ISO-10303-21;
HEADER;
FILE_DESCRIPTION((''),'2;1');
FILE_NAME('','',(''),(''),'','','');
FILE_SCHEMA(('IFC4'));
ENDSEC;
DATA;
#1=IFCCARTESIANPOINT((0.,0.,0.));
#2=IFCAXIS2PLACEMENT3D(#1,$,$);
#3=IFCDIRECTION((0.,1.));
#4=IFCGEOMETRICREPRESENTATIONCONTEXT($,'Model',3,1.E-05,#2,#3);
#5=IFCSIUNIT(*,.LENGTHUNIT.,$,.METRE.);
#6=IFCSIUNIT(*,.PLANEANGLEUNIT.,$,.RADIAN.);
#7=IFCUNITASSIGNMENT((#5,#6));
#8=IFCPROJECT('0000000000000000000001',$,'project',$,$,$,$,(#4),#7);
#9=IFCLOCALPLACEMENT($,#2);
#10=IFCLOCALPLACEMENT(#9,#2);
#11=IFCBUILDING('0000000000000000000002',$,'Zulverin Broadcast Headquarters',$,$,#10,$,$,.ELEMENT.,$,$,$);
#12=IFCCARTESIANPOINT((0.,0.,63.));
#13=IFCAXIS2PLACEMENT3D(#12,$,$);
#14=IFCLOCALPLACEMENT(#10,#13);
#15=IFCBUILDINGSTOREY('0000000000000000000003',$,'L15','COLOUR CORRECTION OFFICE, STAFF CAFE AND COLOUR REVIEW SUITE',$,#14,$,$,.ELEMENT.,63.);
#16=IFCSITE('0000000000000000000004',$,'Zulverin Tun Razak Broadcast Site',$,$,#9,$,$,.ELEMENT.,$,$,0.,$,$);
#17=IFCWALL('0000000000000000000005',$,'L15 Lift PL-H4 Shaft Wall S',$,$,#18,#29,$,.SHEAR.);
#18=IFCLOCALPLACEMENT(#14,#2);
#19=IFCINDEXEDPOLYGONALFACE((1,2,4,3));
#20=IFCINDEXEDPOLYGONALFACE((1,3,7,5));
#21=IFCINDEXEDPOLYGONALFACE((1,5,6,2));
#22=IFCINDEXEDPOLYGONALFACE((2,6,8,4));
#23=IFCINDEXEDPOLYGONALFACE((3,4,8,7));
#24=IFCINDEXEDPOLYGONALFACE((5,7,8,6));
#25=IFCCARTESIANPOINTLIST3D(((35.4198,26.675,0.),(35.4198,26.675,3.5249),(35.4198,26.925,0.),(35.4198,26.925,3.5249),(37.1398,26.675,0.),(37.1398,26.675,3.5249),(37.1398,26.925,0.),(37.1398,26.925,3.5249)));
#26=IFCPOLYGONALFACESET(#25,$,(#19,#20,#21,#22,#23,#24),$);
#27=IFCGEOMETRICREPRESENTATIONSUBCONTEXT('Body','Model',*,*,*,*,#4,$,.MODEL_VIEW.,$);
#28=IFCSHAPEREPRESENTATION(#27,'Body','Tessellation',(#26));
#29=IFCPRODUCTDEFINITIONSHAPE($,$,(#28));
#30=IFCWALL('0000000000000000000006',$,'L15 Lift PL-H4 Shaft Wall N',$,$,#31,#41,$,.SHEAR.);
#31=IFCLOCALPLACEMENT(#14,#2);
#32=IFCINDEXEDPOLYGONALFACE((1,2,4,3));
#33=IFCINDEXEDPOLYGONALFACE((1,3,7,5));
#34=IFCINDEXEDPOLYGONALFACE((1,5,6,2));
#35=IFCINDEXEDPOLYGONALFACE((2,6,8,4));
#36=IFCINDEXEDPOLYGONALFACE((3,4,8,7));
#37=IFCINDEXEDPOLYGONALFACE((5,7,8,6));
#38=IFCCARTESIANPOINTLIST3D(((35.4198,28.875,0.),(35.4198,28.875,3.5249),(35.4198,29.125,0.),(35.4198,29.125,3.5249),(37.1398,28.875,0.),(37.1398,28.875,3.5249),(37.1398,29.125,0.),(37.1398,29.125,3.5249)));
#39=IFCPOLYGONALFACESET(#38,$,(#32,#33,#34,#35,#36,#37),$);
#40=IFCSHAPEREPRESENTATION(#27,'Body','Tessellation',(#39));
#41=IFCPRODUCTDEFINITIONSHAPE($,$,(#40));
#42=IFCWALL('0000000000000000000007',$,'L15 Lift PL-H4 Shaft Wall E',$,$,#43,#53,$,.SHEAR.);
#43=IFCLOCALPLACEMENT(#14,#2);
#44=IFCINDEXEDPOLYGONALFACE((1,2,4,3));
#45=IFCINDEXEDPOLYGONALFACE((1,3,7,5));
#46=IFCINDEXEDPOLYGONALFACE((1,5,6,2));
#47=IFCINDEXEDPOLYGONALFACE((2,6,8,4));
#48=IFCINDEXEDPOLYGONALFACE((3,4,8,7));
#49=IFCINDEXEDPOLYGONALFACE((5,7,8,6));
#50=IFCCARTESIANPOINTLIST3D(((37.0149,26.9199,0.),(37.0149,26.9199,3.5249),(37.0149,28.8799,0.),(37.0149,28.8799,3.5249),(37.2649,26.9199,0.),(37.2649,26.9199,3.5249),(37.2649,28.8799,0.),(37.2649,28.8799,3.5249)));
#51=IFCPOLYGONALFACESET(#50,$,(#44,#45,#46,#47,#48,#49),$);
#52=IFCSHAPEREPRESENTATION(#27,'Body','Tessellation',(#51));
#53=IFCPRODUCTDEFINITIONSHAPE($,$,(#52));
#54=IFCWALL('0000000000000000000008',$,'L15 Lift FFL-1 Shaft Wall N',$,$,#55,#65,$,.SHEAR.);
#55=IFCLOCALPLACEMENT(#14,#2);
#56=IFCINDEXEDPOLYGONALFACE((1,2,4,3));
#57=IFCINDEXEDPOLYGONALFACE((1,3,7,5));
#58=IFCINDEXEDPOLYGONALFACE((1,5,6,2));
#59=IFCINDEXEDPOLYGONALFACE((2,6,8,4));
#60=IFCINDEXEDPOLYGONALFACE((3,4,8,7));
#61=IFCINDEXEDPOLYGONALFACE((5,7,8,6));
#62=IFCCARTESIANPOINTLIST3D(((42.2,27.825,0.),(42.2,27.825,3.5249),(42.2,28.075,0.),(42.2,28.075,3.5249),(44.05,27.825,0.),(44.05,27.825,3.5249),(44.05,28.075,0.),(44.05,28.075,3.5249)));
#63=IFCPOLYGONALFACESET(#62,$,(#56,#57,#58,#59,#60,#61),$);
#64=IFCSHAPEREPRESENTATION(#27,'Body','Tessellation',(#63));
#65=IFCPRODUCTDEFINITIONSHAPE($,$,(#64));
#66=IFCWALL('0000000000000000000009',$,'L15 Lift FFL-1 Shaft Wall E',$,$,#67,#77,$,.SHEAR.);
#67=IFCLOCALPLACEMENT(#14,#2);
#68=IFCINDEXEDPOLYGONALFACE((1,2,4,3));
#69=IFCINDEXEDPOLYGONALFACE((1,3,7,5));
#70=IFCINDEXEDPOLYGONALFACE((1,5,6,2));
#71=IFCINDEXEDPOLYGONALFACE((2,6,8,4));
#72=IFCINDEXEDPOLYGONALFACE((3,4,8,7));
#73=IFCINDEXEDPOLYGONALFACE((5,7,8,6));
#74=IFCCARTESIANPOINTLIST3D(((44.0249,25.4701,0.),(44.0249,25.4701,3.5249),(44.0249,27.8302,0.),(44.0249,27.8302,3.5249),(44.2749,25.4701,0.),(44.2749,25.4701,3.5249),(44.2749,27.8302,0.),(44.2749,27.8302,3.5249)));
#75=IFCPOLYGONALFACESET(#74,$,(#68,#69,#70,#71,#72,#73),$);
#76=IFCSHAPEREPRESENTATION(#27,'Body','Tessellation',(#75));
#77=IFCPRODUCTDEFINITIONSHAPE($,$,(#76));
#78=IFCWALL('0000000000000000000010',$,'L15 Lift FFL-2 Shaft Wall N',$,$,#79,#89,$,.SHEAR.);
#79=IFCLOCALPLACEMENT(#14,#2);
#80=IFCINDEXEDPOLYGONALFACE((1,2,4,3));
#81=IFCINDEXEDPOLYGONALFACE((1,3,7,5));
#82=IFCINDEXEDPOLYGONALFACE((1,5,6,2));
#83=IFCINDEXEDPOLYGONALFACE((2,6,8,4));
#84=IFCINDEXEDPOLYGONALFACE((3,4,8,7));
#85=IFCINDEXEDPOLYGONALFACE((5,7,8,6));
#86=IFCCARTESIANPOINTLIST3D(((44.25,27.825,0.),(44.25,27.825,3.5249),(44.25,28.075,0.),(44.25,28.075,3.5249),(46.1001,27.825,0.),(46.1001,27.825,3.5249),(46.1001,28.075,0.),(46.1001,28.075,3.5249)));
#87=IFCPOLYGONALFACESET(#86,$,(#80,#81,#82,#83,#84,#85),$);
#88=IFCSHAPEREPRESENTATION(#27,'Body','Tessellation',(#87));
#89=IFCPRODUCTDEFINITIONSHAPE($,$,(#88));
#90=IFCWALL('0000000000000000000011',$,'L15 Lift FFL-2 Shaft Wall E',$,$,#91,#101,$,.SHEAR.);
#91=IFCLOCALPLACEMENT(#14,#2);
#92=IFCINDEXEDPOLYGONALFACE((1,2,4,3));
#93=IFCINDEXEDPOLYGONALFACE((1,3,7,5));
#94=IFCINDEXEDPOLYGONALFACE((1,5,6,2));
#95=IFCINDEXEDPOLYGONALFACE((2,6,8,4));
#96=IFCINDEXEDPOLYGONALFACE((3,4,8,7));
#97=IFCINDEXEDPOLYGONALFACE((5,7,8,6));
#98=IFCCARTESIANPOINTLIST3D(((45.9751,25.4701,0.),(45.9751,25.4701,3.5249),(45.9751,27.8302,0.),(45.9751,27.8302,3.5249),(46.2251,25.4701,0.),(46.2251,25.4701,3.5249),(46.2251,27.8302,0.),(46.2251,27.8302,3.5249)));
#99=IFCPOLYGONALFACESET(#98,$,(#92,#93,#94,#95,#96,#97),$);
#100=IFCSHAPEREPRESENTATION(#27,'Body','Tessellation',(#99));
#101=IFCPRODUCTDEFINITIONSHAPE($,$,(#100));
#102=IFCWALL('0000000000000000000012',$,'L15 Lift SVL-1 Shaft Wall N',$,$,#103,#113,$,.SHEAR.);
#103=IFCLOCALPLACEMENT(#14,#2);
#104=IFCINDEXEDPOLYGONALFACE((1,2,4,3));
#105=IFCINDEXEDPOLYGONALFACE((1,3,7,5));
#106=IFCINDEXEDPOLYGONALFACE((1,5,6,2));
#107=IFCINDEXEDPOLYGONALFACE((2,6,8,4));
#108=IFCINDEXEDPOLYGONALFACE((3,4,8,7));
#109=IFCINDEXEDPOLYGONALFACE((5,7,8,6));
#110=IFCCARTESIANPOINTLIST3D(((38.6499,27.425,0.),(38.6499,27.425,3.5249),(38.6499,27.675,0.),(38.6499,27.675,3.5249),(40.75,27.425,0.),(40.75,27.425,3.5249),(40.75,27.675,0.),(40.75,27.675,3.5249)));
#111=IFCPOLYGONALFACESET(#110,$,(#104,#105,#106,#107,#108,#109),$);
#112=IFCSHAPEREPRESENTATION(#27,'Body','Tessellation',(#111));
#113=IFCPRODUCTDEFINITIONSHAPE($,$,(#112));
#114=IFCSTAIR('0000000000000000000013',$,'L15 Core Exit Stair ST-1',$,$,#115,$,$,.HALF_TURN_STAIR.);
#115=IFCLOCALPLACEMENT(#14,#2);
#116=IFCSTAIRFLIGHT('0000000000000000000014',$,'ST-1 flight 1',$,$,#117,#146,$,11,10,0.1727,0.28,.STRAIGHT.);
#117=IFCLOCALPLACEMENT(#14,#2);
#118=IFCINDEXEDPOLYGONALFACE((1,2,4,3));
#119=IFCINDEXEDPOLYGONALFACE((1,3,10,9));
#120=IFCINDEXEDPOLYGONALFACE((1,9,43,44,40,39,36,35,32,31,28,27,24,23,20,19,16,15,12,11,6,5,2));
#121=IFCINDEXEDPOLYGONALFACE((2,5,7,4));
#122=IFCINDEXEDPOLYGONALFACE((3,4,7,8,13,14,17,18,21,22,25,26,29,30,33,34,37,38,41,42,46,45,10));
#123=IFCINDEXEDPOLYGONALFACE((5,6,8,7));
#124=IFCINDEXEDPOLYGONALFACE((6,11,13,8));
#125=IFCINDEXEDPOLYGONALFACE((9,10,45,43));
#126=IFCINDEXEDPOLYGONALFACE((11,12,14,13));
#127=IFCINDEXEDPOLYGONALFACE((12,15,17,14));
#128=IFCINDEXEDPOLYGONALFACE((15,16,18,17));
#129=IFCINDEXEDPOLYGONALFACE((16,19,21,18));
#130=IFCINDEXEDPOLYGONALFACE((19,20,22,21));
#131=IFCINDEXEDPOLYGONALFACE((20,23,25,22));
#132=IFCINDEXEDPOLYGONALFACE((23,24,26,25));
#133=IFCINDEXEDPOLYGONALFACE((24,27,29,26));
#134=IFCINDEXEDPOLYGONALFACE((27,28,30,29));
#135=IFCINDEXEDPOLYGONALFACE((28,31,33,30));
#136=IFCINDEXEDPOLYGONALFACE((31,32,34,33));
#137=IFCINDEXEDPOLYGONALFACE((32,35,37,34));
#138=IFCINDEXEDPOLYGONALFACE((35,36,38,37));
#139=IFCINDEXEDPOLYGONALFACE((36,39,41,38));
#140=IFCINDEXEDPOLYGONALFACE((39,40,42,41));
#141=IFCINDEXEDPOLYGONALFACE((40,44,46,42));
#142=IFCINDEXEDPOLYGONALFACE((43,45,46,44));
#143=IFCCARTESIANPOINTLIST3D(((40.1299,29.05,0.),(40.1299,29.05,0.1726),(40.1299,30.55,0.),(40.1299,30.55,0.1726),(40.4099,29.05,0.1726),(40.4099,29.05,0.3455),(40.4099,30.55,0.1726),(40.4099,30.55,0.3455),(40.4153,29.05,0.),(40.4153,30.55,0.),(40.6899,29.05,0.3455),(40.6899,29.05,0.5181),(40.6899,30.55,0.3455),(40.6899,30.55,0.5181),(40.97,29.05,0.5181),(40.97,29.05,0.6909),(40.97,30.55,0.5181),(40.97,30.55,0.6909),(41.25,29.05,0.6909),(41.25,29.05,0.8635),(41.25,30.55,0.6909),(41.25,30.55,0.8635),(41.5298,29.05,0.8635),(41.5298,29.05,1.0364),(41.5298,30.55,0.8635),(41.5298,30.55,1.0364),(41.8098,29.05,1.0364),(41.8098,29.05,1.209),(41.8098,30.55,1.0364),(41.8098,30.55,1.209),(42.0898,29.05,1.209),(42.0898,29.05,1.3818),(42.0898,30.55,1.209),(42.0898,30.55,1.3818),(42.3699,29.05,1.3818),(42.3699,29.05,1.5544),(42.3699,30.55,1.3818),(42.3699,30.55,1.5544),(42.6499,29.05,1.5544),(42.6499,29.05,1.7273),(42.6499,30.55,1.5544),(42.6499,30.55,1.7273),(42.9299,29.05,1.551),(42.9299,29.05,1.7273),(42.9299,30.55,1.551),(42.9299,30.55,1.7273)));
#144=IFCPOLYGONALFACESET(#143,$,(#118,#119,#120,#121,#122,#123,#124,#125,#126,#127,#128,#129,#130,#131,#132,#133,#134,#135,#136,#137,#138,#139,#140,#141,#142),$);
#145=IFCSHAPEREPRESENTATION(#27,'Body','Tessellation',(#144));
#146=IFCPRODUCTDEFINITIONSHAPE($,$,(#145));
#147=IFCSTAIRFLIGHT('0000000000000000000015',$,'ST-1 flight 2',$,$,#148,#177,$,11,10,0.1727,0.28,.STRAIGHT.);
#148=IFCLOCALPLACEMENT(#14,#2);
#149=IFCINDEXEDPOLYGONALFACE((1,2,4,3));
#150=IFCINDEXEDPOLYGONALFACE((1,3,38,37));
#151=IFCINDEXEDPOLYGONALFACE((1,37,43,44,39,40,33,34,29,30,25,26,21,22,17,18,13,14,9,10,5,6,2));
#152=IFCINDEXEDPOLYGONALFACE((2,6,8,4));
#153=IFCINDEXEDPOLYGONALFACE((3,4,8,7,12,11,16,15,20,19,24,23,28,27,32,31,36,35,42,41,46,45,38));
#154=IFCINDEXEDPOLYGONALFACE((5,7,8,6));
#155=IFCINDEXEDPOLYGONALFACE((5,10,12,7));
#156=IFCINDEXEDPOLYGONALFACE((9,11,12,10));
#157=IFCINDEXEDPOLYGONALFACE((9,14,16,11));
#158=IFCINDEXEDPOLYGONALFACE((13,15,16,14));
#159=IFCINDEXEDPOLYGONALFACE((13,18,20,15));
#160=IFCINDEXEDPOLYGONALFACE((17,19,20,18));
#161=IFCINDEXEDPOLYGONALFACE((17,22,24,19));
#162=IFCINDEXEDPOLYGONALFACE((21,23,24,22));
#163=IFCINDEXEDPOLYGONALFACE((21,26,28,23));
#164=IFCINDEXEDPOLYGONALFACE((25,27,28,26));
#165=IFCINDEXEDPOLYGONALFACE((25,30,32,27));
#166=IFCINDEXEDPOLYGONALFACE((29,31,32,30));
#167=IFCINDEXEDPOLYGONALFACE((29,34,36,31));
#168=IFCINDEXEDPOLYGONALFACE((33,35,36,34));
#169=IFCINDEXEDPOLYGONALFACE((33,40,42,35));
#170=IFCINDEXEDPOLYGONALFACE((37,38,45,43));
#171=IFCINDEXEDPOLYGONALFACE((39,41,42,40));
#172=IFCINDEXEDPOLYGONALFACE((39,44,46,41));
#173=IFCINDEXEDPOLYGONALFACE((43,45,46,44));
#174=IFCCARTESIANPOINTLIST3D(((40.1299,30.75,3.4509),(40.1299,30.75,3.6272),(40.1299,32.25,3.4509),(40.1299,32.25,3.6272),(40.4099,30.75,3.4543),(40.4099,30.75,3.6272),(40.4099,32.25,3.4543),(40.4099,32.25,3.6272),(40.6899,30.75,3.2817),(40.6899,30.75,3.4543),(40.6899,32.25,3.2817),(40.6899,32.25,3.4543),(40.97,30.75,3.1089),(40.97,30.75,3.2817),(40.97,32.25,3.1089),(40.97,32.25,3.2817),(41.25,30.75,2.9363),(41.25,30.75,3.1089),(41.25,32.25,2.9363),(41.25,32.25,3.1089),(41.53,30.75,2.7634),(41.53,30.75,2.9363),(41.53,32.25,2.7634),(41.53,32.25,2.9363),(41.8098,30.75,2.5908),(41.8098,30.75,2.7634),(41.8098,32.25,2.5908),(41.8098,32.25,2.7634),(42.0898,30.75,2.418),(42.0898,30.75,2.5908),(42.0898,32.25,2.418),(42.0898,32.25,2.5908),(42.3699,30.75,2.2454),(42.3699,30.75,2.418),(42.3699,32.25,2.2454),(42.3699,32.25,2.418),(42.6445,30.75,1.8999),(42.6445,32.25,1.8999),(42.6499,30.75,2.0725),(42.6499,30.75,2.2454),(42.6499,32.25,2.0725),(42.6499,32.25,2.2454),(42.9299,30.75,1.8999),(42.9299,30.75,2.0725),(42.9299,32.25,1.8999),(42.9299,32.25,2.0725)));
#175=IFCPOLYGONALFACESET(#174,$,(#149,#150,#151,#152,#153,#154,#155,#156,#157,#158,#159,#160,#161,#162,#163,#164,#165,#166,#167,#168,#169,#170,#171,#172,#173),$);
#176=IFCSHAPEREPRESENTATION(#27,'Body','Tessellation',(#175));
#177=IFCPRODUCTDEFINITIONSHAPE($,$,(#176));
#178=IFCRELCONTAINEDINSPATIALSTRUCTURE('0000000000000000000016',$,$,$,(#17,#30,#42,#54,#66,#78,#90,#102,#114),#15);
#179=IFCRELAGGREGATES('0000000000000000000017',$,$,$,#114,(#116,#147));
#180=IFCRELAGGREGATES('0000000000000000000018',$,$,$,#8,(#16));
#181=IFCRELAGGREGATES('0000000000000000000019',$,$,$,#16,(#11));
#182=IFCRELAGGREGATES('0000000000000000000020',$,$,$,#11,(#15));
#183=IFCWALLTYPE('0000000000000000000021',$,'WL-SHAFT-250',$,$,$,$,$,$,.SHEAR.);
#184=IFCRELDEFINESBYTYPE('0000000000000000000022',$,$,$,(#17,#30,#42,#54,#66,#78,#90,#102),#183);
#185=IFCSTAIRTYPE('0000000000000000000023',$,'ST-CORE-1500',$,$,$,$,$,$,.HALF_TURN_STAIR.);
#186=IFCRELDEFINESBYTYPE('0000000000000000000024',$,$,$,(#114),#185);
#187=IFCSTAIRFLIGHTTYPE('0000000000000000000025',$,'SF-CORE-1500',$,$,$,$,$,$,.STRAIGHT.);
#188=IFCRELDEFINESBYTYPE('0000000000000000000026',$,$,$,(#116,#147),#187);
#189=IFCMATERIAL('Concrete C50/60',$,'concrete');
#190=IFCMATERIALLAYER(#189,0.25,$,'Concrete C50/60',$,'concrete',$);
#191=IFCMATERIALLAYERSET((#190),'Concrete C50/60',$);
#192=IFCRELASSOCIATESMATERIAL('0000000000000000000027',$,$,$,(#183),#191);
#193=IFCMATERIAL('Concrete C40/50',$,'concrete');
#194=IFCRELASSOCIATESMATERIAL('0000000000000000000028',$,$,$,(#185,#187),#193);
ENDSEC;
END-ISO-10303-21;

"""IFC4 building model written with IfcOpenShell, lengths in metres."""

from ifc_helpers import new_model, si_unit, direction, frame, frame_2d, origin, place, context, subcontext, project, spatial, polyline, rectangle, outline, extrude, material, layer, layer_set, type_object, element, aggregate, save


model = new_model("IFC4")

# Units and contexts
model_context = context("Model", 3, precision=1e-05, world=origin(), true_north=direction((0.0, 1.0)))
body_context = subcontext(model_context, "Body", "Model", "MODEL_VIEW")
ifc_project = project(units=[si_unit("LENGTHUNIT", "METRE"), si_unit("PLANEANGLEUNIT", "RADIAN")], contexts=[model_context])

# Site, building, storey
site_placement = place(None, origin())
site = spatial("IfcSite", under=ifc_project, at=site_placement, Name="Zulverin Tun Razak Broadcast Site", CompositionType="ELEMENT", RefElevation=0.0)
building_placement = place(site_placement, origin())
building = spatial("IfcBuilding", under=site, at=building_placement, Name="Zulverin Broadcast Headquarters", CompositionType="ELEMENT")
storey_placement = place(building_placement, frame((0.0, 0.0, 63.0)))
storey = spatial("IfcBuildingStorey", under=building, at=storey_placement, Name="L15", Description="COLOUR CORRECTION OFFICE, STAFF CAFE AND COLOUR REVIEW SUITE", CompositionType="ELEMENT", Elevation=63.0)

# Shared definitions
ifc_material_1 = material(Name="Concrete C40/50", Category="concrete")

# Shared definitions
ifc_material_2 = material(Name="Concrete C50/60", Category="concrete")
ifc_layer_1 = layer(ifc_material_2, 0.25, Name="Concrete C50/60", Category="concrete")
ifc_layer_set_1 = layer_set([ifc_layer_1], Name="Concrete C50/60")
wall_type_1 = type_object("IfcWallType", Name="WL-SHAFT-250", PredefinedType="SHEAR", material=ifc_layer_set_1)

# Walls
for number, where, z_axis, x_axis, name in (
    (1, (35.4199, 26.8, 0.0), (0.0, 0.0, 1.0), (1.0, 0.0, 0.0), "L15 Lift PL-H4 Shaft Wall S"),
    (2, (35.4199, 29.0, 0.0), (0.0, 0.0, 1.0), (1.0, 0.0, 0.0), "L15 Lift PL-H4 Shaft Wall N"),
):
    element("IfcWall", number, at=place(storey_placement, frame(where, z_axis=z_axis, x_axis=x_axis)), inside=storey, type_object=wall_type_1, Name=name, PredefinedType="SHEAR", context=body_context, shape_type="SweptSolid", body=[
        extrude(rectangle(XDim=1.72, YDim=0.25, at=frame_2d((0.8599, 0.0))), origin(), (0.0, 0.0, 1.0), 3.5249),
    ])
wall_1_placement = place(storey_placement, frame((37.1399, 26.9199, 0.0), z_axis=(0.0, 0.0, 1.0), x_axis=(0.0, 1.0, 0.0)))
element("IfcWall", 3, at=wall_1_placement, inside=storey, type_object=wall_type_1, Name="L15 Lift PL-H4 Shaft Wall E", PredefinedType="SHEAR", context=body_context, shape_type="SweptSolid", body=[
    extrude(rectangle(XDim=1.96, YDim=0.25, at=frame_2d((0.98, 0.0))), origin(), (0.0, 0.0, 1.0), 3.5249),
])
wall_2_placement = place(storey_placement, frame((42.2, 27.95, 0.0), z_axis=(0.0, 0.0, 1.0), x_axis=(1.0, 0.0, 0.0)))
element("IfcWall", 4, at=wall_2_placement, inside=storey, type_object=wall_type_1, Name="L15 Lift FFL-1 Shaft Wall N", PredefinedType="SHEAR", context=body_context, shape_type="SweptSolid", body=[
    extrude(rectangle(XDim=1.8501, YDim=0.25, at=frame_2d((0.925, 0.0))), origin(), (0.0, 0.0, 1.0), 3.5249),
])
wall_3_placement = place(storey_placement, frame((44.1499, 25.47, 0.0), z_axis=(0.0, 0.0, 1.0), x_axis=(0.0, 1.0, 0.0)))
element("IfcWall", 5, at=wall_3_placement, inside=storey, type_object=wall_type_1, Name="L15 Lift FFL-1 Shaft Wall E", PredefinedType="SHEAR", context=body_context, shape_type="SweptSolid", body=[
    extrude(rectangle(XDim=2.3601, YDim=0.25, at=frame_2d((1.1802, 0.0))), origin(), (0.0, 0.0, 1.0), 3.5249),
])
wall_4_placement = place(storey_placement, frame((44.25, 27.95, 0.0), z_axis=(0.0, 0.0, 1.0), x_axis=(1.0, 0.0, 0.0)))
element("IfcWall", 6, at=wall_4_placement, inside=storey, type_object=wall_type_1, Name="L15 Lift FFL-2 Shaft Wall N", PredefinedType="SHEAR", context=body_context, shape_type="SweptSolid", body=[
    extrude(rectangle(XDim=1.8501, YDim=0.25, at=frame_2d((0.925, 0.0))), origin(), (0.0, 0.0, 1.0), 3.5249),
])
wall_5_placement = place(storey_placement, frame((46.1001, 25.47, 0.0), z_axis=(0.0, 0.0, 1.0), x_axis=(0.0, 1.0, 0.0)))
element("IfcWall", 7, at=wall_5_placement, inside=storey, type_object=wall_type_1, Name="L15 Lift FFL-2 Shaft Wall E", PredefinedType="SHEAR", context=body_context, shape_type="SweptSolid", body=[
    extrude(rectangle(XDim=2.3601, YDim=0.25, at=frame_2d((1.1802, 0.0))), origin(), (0.0, 0.0, 1.0), 3.5249),
])
wall_6_placement = place(storey_placement, frame((38.6499, 27.55, 0.0), z_axis=(0.0, 0.0, 1.0), x_axis=(1.0, 0.0, 0.0)))
element("IfcWall", 8, at=wall_6_placement, inside=storey, type_object=wall_type_1, Name="L15 Lift SVL-1 Shaft Wall N", PredefinedType="SHEAR", context=body_context, shape_type="SweptSolid", body=[
    extrude(rectangle(XDim=2.1001, YDim=0.25, at=frame_2d((1.05, 0.0))), origin(), (0.0, 0.0, 1.0), 3.5249),
])

# Stair, stair flights
stair_type = type_object("IfcStairType", Name="ST-CORE-1500", PredefinedType="HALF_TURN_STAIR", material=ifc_material_1)
stair_placement = place(storey_placement, origin())
stair = element("IfcStair", 9, at=stair_placement, inside=storey, type_object=stair_type, Name="L15 Core Exit Stair ST-1", PredefinedType="HALF_TURN_STAIR")
stair_flight_type = type_object("IfcStairFlightType", Name="SF-CORE-1500", PredefinedType="STRAIGHT", material=ifc_material_1)
stair_flight_1_placement = place(storey_placement, frame((40.1299, 29.8, 0.0), z_axis=(0.0, 0.0, 1.0), x_axis=(1.0, 0.0, 0.0)))
stair_flight_1 = element("IfcStairFlight", 10, at=stair_flight_1_placement, type_object=stair_flight_type, Name="ST-1 flight 1", NumberOfRisers=11, NumberOfTreads=10, PredefinedType="STRAIGHT", RiserHeight=0.1727, TreadLength=0.28, context=body_context, shape_type="SweptSolid", body=[
    extrude(outline(polyline([(0.0, 0.0), (0.0, 0.1726), (0.28, 0.1726), (0.28, 0.3455), (0.5601, 0.3455), (0.5601, 0.5181), (0.8401, 0.5181), (0.8401, 0.6909), (1.1201, 0.6909), (1.1201, 0.8635), (1.3999, 0.8635), (1.3999, 1.0364), (1.6799, 1.0364), (1.6799, 1.209), (1.96, 1.209), (1.96, 1.3818), (2.24, 1.3818), (2.24, 1.5544), (2.52, 1.5544), (2.52, 1.7273), (2.8, 1.7273), (2.8, 1.8999), (2.8, 1.551), (0.2854, 0.0), (0.0, 0.0)])), frame((0.0, 0.75, 0.0), z_axis=(0.0, -1.0, 0.0), x_axis=(1.0, 0.0, 0.0)), (0.0, 0.0, 1.0), 1.5),
])
stair_flight_2_placement = place(storey_placement, frame((42.9299, 31.5, 1.8999), z_axis=(0.0, 0.0, 1.0), x_axis=(-1.0, 0.0, 0.0)))
stair_flight_2 = element("IfcStairFlight", 11, at=stair_flight_2_placement, type_object=stair_flight_type, Name="ST-1 flight 2", NumberOfRisers=11, NumberOfTreads=10, PredefinedType="STRAIGHT", RiserHeight=0.1727, TreadLength=0.28, context=body_context, shape_type="SweptSolid", body=[
    extrude(outline(polyline([(0.0, 0.0), (0.0, 0.1726), (0.28, 0.1726), (0.28, 0.3455), (0.5601, 0.3455), (0.5601, 0.5181), (0.8401, 0.5181), (0.8401, 0.6909), (1.1201, 0.6909), (1.1201, 0.8635), (1.3999, 0.8635), (1.3999, 1.0364), (1.6799, 1.0364), (1.6799, 1.209), (1.96, 1.209), (1.96, 1.3818), (2.24, 1.3818), (2.24, 1.5544), (2.52, 1.5544), (2.52, 1.7273), (2.8, 1.7273), (2.8, 1.8999), (2.8, 1.551), (0.2854, 0.0), (0.0, 0.0)])), frame((0.0, 0.75, 0.0), z_axis=(0.0, -1.0, 0.0), x_axis=(1.0, 0.0, 0.0)), (0.0, 0.0, 1.0), 1.5),
])
aggregate(stair, [stair_flight_1, stair_flight_2])

save(model, "model.ifc")
